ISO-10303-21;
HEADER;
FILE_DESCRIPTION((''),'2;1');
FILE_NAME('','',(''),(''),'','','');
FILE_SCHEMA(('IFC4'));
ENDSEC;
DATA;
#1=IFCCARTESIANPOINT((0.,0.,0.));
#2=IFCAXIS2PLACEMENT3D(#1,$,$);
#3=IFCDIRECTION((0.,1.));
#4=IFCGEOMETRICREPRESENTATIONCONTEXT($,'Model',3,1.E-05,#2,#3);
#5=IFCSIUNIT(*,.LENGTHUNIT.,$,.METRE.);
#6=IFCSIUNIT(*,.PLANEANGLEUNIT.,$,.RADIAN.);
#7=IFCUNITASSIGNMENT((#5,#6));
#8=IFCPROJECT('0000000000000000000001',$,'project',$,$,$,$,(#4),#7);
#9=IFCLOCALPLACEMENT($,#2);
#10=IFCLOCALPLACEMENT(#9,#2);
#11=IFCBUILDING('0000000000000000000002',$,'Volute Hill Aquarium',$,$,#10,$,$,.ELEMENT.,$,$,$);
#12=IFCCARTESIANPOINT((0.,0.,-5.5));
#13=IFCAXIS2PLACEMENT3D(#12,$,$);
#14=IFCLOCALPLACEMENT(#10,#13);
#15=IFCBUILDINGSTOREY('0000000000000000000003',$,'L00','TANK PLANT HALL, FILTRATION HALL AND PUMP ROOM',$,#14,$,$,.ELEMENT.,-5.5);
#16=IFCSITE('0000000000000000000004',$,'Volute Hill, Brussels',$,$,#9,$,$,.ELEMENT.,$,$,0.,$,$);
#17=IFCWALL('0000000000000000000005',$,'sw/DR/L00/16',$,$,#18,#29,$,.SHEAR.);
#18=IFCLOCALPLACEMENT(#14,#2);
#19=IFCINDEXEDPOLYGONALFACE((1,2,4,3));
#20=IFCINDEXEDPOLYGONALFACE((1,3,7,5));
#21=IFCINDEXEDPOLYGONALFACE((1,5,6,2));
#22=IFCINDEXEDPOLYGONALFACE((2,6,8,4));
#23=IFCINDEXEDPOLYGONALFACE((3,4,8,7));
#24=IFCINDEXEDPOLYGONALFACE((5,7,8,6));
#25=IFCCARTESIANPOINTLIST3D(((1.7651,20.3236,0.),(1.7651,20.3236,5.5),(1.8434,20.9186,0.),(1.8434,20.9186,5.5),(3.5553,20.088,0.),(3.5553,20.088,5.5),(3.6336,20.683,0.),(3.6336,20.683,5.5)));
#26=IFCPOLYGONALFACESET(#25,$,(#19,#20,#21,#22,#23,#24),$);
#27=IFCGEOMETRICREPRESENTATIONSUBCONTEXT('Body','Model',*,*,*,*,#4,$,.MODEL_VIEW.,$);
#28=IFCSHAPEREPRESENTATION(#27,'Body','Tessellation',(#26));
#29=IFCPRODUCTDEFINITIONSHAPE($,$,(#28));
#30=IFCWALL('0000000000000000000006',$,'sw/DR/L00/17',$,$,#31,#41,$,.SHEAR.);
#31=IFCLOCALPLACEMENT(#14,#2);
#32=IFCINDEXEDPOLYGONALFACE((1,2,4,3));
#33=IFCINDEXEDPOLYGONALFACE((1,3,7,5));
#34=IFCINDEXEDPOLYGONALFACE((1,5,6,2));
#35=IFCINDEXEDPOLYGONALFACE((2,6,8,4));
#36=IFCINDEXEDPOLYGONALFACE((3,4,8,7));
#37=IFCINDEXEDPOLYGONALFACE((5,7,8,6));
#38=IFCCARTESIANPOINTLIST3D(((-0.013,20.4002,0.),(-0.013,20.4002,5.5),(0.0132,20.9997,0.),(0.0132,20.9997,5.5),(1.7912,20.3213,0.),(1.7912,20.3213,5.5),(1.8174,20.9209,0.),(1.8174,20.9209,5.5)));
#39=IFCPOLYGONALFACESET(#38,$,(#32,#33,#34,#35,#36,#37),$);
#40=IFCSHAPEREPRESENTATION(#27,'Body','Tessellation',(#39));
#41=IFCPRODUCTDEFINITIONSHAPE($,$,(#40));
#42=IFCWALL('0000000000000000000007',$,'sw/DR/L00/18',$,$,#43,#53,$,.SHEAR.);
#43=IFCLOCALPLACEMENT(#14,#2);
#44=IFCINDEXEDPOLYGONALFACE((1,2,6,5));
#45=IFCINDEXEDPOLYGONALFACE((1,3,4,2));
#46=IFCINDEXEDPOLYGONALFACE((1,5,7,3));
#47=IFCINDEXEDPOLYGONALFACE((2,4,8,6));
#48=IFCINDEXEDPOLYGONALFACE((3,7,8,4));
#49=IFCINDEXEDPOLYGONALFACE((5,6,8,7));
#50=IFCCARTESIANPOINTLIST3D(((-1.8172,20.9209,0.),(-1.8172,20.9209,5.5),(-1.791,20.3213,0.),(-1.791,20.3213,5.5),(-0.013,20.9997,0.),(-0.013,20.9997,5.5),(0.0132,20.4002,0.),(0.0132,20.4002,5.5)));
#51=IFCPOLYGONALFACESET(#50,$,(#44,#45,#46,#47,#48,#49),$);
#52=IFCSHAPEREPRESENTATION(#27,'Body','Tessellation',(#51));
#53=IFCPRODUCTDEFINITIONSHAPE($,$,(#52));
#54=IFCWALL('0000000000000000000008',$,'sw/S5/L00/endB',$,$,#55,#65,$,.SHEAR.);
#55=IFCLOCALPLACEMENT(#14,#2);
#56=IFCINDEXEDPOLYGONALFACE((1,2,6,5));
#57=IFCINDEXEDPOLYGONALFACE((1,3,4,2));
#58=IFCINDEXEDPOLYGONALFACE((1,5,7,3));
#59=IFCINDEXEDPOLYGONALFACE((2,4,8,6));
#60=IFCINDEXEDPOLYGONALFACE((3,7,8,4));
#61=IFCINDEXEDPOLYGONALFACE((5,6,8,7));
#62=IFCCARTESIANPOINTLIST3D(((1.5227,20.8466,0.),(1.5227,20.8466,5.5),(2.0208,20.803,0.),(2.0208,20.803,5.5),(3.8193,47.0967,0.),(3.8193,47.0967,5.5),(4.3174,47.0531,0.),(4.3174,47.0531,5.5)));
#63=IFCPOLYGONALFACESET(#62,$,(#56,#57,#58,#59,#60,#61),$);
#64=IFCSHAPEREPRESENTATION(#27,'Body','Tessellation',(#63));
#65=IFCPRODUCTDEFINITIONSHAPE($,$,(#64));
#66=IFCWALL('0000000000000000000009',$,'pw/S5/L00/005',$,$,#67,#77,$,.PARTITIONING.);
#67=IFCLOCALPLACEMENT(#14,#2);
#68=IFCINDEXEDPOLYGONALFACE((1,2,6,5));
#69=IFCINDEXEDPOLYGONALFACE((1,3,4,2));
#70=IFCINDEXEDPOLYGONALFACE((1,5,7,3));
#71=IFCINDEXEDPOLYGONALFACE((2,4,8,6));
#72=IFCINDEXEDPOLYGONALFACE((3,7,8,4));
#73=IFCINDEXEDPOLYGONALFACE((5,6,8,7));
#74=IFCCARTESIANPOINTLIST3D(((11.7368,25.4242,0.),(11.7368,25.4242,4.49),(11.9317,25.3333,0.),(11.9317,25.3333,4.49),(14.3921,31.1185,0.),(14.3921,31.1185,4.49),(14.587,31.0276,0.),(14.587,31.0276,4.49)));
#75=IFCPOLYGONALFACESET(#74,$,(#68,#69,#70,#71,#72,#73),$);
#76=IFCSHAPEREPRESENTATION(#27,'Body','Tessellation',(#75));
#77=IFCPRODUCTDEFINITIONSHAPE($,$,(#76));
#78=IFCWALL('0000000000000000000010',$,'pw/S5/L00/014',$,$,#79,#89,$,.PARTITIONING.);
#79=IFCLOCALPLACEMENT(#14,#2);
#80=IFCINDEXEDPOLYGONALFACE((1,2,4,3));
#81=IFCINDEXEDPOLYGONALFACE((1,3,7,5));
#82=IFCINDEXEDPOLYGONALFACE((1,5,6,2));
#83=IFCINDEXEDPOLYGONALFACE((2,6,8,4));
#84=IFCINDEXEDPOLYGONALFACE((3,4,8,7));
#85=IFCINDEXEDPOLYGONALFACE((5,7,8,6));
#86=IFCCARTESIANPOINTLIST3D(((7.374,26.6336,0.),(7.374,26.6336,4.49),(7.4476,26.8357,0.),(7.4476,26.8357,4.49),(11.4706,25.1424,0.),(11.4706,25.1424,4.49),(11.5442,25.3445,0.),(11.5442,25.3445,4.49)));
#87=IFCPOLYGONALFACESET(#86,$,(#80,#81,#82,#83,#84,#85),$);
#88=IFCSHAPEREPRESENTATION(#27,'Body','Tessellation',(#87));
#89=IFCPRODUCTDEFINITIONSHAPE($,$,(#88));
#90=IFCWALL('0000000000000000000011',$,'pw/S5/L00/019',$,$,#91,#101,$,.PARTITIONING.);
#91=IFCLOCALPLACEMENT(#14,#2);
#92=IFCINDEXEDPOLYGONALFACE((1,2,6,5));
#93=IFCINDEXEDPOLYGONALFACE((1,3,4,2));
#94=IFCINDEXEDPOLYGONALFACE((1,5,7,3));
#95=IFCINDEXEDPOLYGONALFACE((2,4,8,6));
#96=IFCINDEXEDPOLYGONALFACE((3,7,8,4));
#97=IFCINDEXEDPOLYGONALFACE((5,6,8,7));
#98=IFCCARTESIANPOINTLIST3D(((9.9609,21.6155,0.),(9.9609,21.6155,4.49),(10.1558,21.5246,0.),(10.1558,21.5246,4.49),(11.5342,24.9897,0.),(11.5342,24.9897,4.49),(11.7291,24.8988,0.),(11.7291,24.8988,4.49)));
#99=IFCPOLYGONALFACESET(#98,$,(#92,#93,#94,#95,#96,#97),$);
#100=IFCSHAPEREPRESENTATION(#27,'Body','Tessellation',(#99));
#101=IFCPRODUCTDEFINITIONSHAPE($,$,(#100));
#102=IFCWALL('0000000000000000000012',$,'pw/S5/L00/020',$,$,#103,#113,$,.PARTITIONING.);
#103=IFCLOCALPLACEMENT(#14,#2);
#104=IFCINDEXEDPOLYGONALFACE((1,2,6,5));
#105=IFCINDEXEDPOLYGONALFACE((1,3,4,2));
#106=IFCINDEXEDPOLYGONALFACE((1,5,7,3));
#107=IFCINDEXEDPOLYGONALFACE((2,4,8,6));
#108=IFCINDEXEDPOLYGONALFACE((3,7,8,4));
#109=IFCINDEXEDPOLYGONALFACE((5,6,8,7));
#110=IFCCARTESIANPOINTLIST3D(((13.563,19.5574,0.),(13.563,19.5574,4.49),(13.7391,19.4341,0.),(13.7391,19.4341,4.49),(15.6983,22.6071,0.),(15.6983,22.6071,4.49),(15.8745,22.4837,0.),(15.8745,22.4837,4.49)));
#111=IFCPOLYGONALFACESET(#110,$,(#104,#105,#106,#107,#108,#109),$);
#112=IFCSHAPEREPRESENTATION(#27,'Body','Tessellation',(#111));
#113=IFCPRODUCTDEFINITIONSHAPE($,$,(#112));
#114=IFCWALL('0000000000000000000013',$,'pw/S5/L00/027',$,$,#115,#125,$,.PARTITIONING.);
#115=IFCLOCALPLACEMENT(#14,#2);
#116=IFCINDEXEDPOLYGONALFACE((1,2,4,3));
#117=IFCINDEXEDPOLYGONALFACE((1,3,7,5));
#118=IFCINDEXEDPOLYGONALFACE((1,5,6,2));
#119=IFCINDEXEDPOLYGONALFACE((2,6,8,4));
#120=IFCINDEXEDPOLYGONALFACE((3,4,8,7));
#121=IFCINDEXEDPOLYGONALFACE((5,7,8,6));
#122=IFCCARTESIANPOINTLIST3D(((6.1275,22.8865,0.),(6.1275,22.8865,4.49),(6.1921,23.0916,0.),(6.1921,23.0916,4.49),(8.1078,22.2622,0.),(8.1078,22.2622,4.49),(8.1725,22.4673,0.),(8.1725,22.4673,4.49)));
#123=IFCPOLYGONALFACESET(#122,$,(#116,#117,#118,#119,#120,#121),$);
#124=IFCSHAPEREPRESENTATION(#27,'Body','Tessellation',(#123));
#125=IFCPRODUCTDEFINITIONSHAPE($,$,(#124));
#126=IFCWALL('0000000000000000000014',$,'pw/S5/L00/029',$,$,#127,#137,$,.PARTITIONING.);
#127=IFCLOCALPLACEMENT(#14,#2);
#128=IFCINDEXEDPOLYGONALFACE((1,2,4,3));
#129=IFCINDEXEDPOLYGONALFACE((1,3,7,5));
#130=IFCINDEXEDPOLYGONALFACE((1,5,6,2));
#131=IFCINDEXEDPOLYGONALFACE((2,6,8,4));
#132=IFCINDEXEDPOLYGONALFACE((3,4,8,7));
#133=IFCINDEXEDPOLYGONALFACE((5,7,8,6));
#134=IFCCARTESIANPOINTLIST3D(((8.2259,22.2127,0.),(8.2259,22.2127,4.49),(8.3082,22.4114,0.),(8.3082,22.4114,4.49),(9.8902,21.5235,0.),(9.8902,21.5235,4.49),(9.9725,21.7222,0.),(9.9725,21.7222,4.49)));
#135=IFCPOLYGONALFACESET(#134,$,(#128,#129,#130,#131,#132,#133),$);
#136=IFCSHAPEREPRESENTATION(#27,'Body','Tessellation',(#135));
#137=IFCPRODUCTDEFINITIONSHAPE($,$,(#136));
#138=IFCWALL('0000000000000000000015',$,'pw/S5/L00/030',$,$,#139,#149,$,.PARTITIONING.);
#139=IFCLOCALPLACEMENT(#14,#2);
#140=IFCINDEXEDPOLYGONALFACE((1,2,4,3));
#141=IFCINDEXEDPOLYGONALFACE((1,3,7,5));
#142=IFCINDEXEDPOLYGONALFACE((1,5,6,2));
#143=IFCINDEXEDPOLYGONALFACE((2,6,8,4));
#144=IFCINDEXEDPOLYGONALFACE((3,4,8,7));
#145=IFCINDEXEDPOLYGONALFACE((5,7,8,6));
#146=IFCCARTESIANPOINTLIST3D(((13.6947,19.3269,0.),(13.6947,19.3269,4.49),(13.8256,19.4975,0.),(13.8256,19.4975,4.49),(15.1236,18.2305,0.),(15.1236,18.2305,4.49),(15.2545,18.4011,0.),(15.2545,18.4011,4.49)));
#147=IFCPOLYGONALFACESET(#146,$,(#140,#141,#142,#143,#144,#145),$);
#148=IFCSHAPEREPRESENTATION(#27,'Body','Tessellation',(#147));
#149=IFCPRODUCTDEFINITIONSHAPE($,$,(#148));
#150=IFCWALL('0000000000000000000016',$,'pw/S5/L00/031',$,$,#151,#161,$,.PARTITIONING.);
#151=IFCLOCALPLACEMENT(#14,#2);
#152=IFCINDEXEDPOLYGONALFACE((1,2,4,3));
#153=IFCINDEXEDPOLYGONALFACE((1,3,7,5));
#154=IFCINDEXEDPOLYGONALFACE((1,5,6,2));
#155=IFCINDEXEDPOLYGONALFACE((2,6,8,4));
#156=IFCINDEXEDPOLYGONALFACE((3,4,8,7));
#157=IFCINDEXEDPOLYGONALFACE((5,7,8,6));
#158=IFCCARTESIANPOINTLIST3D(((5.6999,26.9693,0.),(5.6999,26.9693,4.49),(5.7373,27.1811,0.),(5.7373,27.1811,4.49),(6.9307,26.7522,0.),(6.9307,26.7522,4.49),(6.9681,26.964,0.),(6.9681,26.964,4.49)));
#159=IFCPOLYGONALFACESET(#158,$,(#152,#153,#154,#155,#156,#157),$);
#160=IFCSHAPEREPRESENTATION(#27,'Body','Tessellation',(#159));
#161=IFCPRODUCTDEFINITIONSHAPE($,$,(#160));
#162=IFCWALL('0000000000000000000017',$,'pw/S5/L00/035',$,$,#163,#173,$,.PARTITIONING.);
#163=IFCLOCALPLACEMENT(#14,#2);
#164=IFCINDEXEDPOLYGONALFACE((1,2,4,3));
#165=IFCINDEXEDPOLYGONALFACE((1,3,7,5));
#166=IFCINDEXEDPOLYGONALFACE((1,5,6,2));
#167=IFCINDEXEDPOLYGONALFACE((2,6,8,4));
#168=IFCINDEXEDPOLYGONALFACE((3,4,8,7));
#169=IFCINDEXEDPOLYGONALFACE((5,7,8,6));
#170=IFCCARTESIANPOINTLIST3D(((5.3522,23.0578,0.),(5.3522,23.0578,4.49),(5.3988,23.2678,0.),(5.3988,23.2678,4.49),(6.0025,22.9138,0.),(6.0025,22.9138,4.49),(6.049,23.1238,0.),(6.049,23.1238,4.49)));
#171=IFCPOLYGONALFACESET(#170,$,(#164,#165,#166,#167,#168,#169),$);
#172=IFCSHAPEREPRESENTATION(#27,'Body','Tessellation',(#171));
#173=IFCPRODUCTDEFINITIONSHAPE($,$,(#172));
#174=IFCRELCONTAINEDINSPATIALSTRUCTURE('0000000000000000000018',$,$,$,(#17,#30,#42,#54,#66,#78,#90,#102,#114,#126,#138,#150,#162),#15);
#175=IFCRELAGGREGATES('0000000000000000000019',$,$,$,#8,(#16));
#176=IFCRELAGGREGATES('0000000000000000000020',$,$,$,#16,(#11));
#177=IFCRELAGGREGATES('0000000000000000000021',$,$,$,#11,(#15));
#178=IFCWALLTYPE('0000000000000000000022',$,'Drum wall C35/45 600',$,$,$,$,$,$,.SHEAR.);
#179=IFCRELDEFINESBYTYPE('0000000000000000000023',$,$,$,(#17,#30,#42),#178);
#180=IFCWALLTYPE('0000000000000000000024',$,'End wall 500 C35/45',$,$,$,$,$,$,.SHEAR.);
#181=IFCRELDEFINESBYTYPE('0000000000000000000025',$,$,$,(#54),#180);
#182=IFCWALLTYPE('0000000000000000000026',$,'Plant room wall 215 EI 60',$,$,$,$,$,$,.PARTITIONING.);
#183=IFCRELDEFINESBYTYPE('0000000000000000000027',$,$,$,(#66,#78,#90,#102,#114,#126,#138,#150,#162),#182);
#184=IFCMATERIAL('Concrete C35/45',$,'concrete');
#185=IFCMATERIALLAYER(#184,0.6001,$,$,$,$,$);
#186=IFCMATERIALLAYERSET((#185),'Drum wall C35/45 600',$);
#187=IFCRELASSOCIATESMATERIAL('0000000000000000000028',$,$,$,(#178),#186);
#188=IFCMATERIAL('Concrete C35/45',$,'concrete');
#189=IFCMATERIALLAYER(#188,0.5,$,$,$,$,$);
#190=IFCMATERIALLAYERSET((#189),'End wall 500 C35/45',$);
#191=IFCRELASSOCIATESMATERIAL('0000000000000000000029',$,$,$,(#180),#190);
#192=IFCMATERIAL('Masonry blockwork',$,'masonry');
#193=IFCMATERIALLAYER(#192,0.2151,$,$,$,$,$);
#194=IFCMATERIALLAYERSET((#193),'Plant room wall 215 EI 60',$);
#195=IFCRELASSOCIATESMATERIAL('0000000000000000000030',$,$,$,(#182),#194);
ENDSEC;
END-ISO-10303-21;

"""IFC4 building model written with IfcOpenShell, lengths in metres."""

from ifc_helpers import new_model, si_unit, direction, frame, frame_2d, origin, place, context, subcontext, project, spatial, rectangle, extrude, material, layer, layer_set, type_object, element, save


model = new_model("IFC4")

# Units and contexts
model_context = context("Model", 3, precision=1e-05, world=origin(), true_north=direction((0.0, 1.0)))
body_context = subcontext(model_context, "Body", "Model", "MODEL_VIEW")
ifc_project = project(units=[si_unit("LENGTHUNIT", "METRE"), si_unit("PLANEANGLEUNIT", "RADIAN")], contexts=[model_context])

# Site, building, storey
site_placement = place(None, origin())
site = spatial("IfcSite", under=ifc_project, at=site_placement, Name="Volute Hill, Brussels", CompositionType="ELEMENT", RefElevation=0.0)
building_placement = place(site_placement, origin())
building = spatial("IfcBuilding", under=site, at=building_placement, Name="Volute Hill Aquarium", CompositionType="ELEMENT")
storey_placement = place(building_placement, frame((0.0, 0.0, -5.5)))
storey = spatial("IfcBuildingStorey", under=building, at=storey_placement, Name="L00", Description="TANK PLANT HALL, FILTRATION HALL AND PUMP ROOM", CompositionType="ELEMENT", Elevation=-5.5)

# Shared definitions
ifc_material_1 = material(Name="Concrete C35/45", Category="concrete")
ifc_layer_1 = layer(ifc_material_1, 0.6001)
ifc_layer_set_1 = layer_set([ifc_layer_1], Name="Drum wall C35/45 600")
wall_type_1 = type_object("IfcWallType", Name="Drum wall C35/45 600", PredefinedType="SHEAR", material=ifc_layer_set_1)

# Walls
wall_1_placement = place(storey_placement, frame((3.5945, 20.3855, 0.0), z_axis=(0.0, 0.0, 1.0), x_axis=(-0.991452, 0.130472, 0.0)))
element("IfcWall", 1, at=wall_1_placement, inside=storey, type_object=wall_type_1, Name="sw/DR/L00/16", PredefinedType="SHEAR", context=body_context, shape_type="SweptSolid", body=[
    extrude(rectangle(XDim=1.8057, YDim=0.6001, at=frame_2d((0.9028, 0.0))), origin(), (0.0, 0.0, 1.0), 5.5),
])
for number, where, z_axis, x_axis, name in (
    (2, (1.8042, 20.6211, 0.0), (0.0, 0.0, 1.0), (-0.999046, 0.043666, 0.0), "sw/DR/L00/17"),
    (3, (0.0, 20.7, 0.0), (0.0, 0.0, 1.0), (-0.999046, -0.043666, 0.0), "sw/DR/L00/18"),
):
    element("IfcWall", number, at=place(storey_placement, frame(where, z_axis=z_axis, x_axis=x_axis)), inside=storey, type_object=wall_type_1, Name=name, PredefinedType="SHEAR", context=body_context, shape_type="SweptSolid", body=[
        extrude(rectangle(XDim=1.8059, YDim=0.6001, at=frame_2d((0.9028, 0.0))), origin(), (0.0, 0.0, 1.0), 5.5),
    ])
ifc_material_2 = material(Name="Concrete C35/45", Category="concrete")
ifc_layer_2 = layer(ifc_material_2, 0.5)
ifc_layer_set_2 = layer_set([ifc_layer_2], Name="End wall 500 C35/45")
wall_type_2 = type_object("IfcWallType", Name="End wall 500 C35/45", PredefinedType="SHEAR", material=ifc_layer_set_2)
wall_2_placement = place(storey_placement, frame((1.7717, 20.8247, 0.0), z_axis=(0.0, 0.0, 1.0), x_axis=(0.087158, 0.996195, 0.0)))
element("IfcWall", 4, at=wall_2_placement, inside=storey, type_object=wall_type_2, Name="sw/S5/L00/endB", PredefinedType="SHEAR", context=body_context, shape_type="SweptSolid", body=[
    extrude(rectangle(XDim=26.3503, YDim=0.5, at=frame_2d((13.1753, 0.0))), origin(), (0.0, 0.0, 1.0), 5.5),
])
ifc_material_3 = material(Name="Masonry blockwork", Category="masonry")
ifc_layer_3 = layer(ifc_material_3, 0.2151)
ifc_layer_set_3 = layer_set([ifc_layer_3], Name="Plant room wall 215 EI 60")
wall_type_3 = type_object("IfcWallType", Name="Plant room wall 215 EI 60", PredefinedType="PARTITIONING", material=ifc_layer_set_3)
wall_3_placement = place(storey_placement, frame((11.8342, 25.3787, 0.0), z_axis=(0.0, 0.0, 1.0), x_axis=(0.422613, 0.90631, 0.0)))
element("IfcWall", 5, at=wall_3_placement, inside=storey, type_object=wall_type_3, Name="pw/S5/L00/005", PredefinedType="PARTITIONING", context=body_context, shape_type="SweptSolid", body=[
    extrude(rectangle(XDim=6.283, YDim=0.2151, at=frame_2d((3.1416, 0.0))), origin(), (0.0, 0.0, 1.0), 4.49),
])
wall_4_placement = place(storey_placement, frame((7.4109, 26.7346, 0.0), z_axis=(0.0, 0.0, 1.0), x_axis=(0.939682, -0.342049, 0.0)))
element("IfcWall", 6, at=wall_4_placement, inside=storey, type_object=wall_type_3, Name="pw/S5/L00/014", PredefinedType="PARTITIONING", context=body_context, shape_type="SweptSolid", body=[
    extrude(rectangle(XDim=4.3596, YDim=0.2151, at=frame_2d((2.1797, 0.0))), origin(), (0.0, 0.0, 1.0), 4.49),
])

# Walls
for number, where, z_axis, x_axis, name in (
    (7, (11.6316, 24.9441, 0.0), (0.0, 0.0, 1.0), (-0.422598, -0.906317, 0.0), "pw/S5/L00/019"),
    (8, (13.6511, 19.4958, 0.0), (0.0, 0.0, 1.0), (0.573564, 0.819161, 0.0), "pw/S5/L00/020"),
):
    element("IfcWall", number, at=place(storey_placement, frame(where, z_axis=z_axis, x_axis=x_axis)), inside=storey, type_object=wall_type_3, Name=name, PredefinedType="PARTITIONING", context=body_context, shape_type="SweptSolid", body=[
        extrude(rectangle(XDim=3.7229, YDim=0.2151, at=frame_2d((1.8613, 0.0))), origin(), (0.0, 0.0, 1.0), 4.49),
    ])
wall_5_placement = place(storey_placement, frame((6.1599, 22.989, 0.0), z_axis=(0.0, 0.0, 1.0), x_axis=(0.95373, -0.300664, 0.0)))
element("IfcWall", 9, at=wall_5_placement, inside=storey, type_object=wall_type_3, Name="pw/S5/L00/027", PredefinedType="PARTITIONING", context=body_context, shape_type="SweptSolid", body=[
    extrude(rectangle(XDim=2.0764, YDim=0.2151, at=frame_2d((1.0381, 0.0))), origin(), (0.0, 0.0, 1.0), 4.49),
])
wall_6_placement = place(storey_placement, frame((8.2671, 22.312, 0.0), z_axis=(0.0, 0.0, 1.0), x_axis=(0.923913, -0.382603, 0.0)))
element("IfcWall", 10, at=wall_6_placement, inside=storey, type_object=wall_type_3, Name="pw/S5/L00/029", PredefinedType="PARTITIONING", context=body_context, shape_type="SweptSolid", body=[
    extrude(rectangle(XDim=1.8013, YDim=0.2151, at=frame_2d((0.9006, 0.0))), origin(), (0.0, 0.0, 1.0), 4.49),
])
wall_7_placement = place(storey_placement, frame((13.7603, 19.4121, 0.0), z_axis=(0.0, 0.0, 1.0), x_axis=(0.793364, -0.608747, 0.0)))
element("IfcWall", 11, at=wall_7_placement, inside=storey, type_object=wall_type_3, Name="pw/S5/L00/030", PredefinedType="PARTITIONING", context=body_context, shape_type="SweptSolid", body=[
    extrude(rectangle(XDim=1.801, YDim=0.2151, at=frame_2d((0.9004, 0.0))), origin(), (0.0, 0.0, 1.0), 4.49),
])
wall_8_placement = place(storey_placement, frame((5.7185, 27.0752, 0.0), z_axis=(0.0, 0.0, 1.0), x_axis=(0.984803, -0.173674, 0.0)))
element("IfcWall", 12, at=wall_8_placement, inside=storey, type_object=wall_type_3, Name="pw/S5/L00/031", PredefinedType="PARTITIONING", context=body_context, shape_type="SweptSolid", body=[
    extrude(rectangle(XDim=1.2498, YDim=0.2151, at=frame_2d((0.625, 0.0))), origin(), (0.0, 0.0, 1.0), 4.49),
])
wall_9_placement = place(storey_placement, frame((5.3755, 23.1628, 0.0), z_axis=(0.0, 0.0, 1.0), x_axis=(0.976325, -0.216309, 0.0)))
element("IfcWall", 13, at=wall_9_placement, inside=storey, type_object=wall_type_3, Name="pw/S5/L00/035", PredefinedType="PARTITIONING", context=body_context, shape_type="SweptSolid", body=[
    extrude(rectangle(XDim=0.666, YDim=0.2151, at=frame_2d((0.333, 0.0))), origin(), (0.0, 0.0, 1.0), 4.49),
])

save(model, "model.ifc")
